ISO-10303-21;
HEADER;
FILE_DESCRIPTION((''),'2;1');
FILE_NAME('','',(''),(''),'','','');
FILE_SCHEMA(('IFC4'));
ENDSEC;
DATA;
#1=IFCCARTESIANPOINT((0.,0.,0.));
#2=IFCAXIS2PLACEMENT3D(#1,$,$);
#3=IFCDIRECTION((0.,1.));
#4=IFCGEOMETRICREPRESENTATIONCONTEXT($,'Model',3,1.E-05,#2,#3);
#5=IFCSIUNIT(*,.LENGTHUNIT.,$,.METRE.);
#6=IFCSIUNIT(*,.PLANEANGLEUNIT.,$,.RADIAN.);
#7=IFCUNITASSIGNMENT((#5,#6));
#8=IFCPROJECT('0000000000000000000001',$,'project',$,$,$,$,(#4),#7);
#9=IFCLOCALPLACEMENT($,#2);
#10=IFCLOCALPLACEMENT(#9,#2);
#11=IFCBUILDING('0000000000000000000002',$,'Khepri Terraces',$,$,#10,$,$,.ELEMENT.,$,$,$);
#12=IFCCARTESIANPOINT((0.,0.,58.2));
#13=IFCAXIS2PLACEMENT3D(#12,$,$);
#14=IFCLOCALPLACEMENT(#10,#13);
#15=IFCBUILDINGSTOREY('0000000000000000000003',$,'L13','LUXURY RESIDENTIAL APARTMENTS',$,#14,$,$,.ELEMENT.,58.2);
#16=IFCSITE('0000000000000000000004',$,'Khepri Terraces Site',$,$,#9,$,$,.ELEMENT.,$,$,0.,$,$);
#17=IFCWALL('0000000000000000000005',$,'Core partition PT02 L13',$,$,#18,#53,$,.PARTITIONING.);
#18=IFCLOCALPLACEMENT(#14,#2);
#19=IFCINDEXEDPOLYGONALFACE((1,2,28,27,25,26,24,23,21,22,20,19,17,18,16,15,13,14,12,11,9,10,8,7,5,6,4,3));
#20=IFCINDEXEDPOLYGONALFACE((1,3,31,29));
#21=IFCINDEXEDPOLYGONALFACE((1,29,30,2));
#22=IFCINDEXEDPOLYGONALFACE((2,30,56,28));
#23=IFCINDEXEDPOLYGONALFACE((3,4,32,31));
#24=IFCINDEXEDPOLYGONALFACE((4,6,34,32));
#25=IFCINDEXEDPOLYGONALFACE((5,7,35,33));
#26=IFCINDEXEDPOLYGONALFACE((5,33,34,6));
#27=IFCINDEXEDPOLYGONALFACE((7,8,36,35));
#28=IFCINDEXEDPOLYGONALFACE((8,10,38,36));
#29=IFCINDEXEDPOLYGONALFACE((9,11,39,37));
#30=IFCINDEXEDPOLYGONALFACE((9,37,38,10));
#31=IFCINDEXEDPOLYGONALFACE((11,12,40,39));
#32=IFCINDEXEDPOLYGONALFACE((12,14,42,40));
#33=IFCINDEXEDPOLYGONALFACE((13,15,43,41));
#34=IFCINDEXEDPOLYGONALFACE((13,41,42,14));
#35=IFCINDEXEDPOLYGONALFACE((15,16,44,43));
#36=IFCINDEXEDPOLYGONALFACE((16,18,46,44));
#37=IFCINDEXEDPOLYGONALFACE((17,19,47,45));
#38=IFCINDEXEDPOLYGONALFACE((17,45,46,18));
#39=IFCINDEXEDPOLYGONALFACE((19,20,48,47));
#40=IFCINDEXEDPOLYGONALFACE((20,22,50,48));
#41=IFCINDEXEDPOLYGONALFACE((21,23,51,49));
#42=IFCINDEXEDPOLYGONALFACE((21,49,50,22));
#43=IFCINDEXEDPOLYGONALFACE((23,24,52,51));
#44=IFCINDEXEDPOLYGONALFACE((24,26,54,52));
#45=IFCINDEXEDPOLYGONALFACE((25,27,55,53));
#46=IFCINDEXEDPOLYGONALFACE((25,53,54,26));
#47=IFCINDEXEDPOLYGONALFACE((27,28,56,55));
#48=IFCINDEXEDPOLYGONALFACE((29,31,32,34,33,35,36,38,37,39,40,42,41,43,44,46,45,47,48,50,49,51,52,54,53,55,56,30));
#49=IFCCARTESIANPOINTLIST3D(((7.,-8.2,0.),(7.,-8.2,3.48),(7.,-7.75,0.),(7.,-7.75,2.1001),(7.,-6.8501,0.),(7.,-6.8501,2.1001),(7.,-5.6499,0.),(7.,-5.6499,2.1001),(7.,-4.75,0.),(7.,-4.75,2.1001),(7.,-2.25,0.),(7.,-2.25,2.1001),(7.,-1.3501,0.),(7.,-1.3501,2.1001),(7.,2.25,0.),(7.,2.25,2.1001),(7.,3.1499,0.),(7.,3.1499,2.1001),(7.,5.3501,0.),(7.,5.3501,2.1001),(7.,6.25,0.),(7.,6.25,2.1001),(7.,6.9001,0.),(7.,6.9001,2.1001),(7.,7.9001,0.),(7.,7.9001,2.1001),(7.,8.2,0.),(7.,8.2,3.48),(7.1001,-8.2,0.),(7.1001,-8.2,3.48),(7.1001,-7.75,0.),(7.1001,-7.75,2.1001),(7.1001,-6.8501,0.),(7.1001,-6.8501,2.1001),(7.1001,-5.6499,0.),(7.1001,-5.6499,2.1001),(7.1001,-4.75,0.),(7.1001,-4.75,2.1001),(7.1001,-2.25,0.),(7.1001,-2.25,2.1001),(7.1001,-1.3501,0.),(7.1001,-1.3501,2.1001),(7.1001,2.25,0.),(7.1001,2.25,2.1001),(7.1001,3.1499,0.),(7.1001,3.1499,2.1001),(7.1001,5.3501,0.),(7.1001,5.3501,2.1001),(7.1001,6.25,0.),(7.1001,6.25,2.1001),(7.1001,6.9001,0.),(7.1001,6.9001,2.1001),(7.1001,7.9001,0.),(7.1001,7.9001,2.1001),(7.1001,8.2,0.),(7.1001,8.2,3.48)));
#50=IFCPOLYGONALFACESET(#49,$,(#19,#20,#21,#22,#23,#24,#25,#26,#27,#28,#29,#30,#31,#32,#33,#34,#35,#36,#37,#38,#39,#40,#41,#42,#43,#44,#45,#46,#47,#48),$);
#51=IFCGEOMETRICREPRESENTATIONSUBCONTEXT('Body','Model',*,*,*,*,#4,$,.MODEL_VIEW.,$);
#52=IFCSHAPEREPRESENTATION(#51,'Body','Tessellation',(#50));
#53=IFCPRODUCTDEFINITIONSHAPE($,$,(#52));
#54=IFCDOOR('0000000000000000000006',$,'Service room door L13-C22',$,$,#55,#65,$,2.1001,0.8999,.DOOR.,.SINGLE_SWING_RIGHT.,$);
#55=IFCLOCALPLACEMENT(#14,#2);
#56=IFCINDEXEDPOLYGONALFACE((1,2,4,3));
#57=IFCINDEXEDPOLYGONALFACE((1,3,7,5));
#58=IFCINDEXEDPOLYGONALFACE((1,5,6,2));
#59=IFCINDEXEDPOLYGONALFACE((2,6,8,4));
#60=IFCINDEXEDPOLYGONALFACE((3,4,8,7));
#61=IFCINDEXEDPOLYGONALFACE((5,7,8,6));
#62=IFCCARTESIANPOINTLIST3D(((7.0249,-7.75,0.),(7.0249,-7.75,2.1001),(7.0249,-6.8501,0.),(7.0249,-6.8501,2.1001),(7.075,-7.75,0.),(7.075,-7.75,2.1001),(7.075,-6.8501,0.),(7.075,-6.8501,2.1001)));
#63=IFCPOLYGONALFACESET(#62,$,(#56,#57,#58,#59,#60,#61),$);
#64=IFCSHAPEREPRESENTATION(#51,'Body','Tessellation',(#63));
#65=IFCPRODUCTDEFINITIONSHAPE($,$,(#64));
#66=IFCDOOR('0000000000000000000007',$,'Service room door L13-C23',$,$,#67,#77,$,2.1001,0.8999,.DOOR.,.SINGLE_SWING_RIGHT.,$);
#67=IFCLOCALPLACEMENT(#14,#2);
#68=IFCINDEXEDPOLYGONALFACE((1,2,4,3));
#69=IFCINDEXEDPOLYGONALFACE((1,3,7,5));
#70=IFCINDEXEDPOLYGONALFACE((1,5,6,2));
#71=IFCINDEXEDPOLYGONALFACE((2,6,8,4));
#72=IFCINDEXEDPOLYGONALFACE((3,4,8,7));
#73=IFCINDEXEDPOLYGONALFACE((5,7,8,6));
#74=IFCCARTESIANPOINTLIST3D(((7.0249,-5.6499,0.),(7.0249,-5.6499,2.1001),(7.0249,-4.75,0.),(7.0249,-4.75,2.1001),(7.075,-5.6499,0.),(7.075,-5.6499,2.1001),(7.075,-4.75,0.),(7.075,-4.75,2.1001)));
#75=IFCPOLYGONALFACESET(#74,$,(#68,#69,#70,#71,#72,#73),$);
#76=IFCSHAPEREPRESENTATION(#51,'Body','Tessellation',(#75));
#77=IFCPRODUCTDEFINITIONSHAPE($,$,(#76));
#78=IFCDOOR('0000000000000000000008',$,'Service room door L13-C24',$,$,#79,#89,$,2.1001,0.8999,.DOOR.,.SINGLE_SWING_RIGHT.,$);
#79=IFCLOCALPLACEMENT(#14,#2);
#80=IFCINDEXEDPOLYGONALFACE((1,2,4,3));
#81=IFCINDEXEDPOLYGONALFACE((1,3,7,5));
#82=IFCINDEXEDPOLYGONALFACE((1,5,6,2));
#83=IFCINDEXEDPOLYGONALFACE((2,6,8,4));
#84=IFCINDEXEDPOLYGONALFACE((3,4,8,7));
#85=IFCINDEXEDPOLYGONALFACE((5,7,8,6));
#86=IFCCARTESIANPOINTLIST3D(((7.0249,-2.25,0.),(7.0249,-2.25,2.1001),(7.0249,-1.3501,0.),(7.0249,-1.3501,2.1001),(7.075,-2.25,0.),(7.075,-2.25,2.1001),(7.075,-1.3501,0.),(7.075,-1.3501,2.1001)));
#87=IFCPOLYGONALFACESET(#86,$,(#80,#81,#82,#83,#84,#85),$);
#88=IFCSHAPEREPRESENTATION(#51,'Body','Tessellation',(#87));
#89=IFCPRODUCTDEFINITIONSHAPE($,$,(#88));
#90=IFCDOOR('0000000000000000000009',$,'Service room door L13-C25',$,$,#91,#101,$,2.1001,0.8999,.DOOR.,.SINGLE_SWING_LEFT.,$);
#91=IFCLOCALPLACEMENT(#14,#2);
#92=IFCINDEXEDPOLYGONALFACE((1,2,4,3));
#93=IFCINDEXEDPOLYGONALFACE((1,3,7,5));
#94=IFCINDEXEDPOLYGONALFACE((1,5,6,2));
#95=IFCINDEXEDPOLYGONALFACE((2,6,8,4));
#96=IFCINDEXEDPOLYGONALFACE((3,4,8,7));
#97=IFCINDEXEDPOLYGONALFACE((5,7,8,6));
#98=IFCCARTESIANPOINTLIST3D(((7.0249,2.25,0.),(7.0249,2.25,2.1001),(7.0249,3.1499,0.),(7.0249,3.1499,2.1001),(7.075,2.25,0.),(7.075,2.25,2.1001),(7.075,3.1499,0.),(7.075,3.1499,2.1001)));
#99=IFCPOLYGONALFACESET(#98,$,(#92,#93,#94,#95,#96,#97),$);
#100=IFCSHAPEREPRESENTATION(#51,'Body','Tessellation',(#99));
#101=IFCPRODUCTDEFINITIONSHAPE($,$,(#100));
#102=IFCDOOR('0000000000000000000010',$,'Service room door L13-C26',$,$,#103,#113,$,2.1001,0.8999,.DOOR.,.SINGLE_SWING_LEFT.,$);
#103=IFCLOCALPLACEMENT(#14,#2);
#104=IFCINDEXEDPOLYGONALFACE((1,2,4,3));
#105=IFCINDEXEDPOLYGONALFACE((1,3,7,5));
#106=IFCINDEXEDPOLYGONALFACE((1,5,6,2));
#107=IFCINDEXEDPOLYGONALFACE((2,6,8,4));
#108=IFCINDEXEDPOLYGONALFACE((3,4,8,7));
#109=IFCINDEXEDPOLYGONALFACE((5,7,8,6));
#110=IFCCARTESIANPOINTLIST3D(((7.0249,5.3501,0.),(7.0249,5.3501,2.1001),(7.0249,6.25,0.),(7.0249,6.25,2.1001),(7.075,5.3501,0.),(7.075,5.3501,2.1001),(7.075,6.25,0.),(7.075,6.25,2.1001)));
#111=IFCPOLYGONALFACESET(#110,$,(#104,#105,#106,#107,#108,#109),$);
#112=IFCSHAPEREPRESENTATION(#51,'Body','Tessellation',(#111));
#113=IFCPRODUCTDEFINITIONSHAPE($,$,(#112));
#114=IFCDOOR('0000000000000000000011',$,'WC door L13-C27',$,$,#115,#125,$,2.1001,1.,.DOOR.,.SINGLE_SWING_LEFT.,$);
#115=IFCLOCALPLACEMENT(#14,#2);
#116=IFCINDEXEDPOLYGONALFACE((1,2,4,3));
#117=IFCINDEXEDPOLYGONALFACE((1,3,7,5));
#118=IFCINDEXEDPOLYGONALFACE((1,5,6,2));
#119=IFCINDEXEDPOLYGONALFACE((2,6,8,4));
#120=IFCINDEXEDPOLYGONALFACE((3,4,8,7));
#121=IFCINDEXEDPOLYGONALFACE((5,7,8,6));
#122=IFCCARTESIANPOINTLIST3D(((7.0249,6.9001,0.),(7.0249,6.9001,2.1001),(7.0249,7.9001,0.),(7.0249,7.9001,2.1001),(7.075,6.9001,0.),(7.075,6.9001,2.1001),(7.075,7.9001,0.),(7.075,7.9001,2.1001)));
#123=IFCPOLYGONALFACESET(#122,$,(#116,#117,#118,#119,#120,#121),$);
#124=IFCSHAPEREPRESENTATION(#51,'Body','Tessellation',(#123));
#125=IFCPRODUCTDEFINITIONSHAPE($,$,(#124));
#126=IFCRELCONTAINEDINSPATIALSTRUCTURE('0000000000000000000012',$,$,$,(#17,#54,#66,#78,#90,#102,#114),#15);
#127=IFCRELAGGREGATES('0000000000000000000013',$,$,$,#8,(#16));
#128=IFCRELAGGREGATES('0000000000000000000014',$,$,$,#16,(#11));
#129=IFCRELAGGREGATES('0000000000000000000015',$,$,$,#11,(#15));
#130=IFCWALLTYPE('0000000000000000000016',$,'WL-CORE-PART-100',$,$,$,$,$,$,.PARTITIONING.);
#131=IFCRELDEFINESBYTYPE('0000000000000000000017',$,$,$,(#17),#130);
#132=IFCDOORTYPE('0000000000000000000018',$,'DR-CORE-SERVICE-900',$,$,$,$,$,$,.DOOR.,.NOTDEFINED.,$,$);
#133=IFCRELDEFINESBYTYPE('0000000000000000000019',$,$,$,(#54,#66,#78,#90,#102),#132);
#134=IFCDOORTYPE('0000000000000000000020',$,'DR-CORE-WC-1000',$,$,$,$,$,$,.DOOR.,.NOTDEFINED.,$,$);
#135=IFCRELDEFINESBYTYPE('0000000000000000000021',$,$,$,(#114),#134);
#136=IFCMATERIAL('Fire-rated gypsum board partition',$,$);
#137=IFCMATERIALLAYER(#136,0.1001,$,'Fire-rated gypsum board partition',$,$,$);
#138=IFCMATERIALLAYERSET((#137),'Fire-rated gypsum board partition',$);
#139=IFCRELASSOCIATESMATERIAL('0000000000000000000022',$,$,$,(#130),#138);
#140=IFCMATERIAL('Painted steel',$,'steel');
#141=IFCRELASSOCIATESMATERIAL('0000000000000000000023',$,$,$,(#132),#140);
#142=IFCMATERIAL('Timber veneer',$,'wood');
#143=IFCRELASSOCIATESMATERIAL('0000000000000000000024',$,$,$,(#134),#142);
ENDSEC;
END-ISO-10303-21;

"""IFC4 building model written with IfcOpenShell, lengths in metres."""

from ifc_helpers import new_model, si_unit, direction, frame, frame_2d, origin, place, context, subcontext, project, spatial, rectangle, extrude, material, layer, layer_set, type_object, element, fill, save


model = new_model("IFC4")

# Units and contexts
model_context = context("Model", 3, precision=1e-05, world=origin(), true_north=direction((0.0, 1.0)))
body_context = subcontext(model_context, "Body", "Model", "MODEL_VIEW")
ifc_project = project(units=[si_unit("LENGTHUNIT", "METRE"), si_unit("PLANEANGLEUNIT", "RADIAN")], contexts=[model_context])

# Site, building, storey
site_placement = place(None, origin())
site = spatial("IfcSite", under=ifc_project, at=site_placement, Name="Khepri Terraces Site", CompositionType="ELEMENT", RefElevation=0.0)
building_placement = place(site_placement, origin())
building = spatial("IfcBuilding", under=site, at=building_placement, Name="Khepri Terraces", CompositionType="ELEMENT")
storey_placement = place(building_placement, frame((0.0, 0.0, 58.2)))
storey = spatial("IfcBuildingStorey", under=building, at=storey_placement, Name="L13", Description="LUXURY RESIDENTIAL APARTMENTS", CompositionType="ELEMENT", Elevation=58.2)

# Wall, openings, doors
ifc_material_1 = material(Name="Fire-rated gypsum board partition")
ifc_layer_1 = layer(ifc_material_1, 0.1001, Name="Fire-rated gypsum board partition")
ifc_layer_set_1 = layer_set([ifc_layer_1], Name="Fire-rated gypsum board partition")
wall_type_1 = type_object("IfcWallType", Name="WL-CORE-PART-100", PredefinedType="PARTITIONING", material=ifc_layer_set_1)
wall_1_placement = place(storey_placement, frame((7.05, -8.2, 0.0), z_axis=(0.0, 0.0, 1.0), x_axis=(0.0, 1.0, 0.0)))
wall_1 = element("IfcWall", 1, at=wall_1_placement, inside=storey, type_object=wall_type_1, Name="Core partition PT02 L13", PredefinedType="PARTITIONING", context=body_context, shape_type="SweptSolid", body=[
    extrude(rectangle(XDim=16.3999, YDim=0.1001, at=frame_2d((8.2, 0.0))), origin(), (0.0, 0.0, 1.0), 3.48),
])
opening_1_placement = place(wall_1_placement, frame((0.45, 0.0, 0.0)))
opening_1 = element("IfcOpeningElement", 2, at=opening_1_placement, cuts=wall_1, PredefinedType="OPENING", context=body_context, shape_type="SweptSolid", body=[
    extrude(rectangle(XDim=0.8999, YDim=2.1001, at=frame_2d((0.45, 1.05))), frame((0.0, 0.0601, 0.0), z_axis=(0.0, -1.0, 0.0), x_axis=(1.0, 0.0, 0.0)), (0.0, 0.0, 1.0), 0.1201),
])
opening_2_placement = place(wall_1_placement, frame((2.55, 0.0, 0.0)))
opening_2 = element("IfcOpeningElement", 3, at=opening_2_placement, cuts=wall_1, PredefinedType="OPENING", context=body_context, shape_type="SweptSolid", body=[
    extrude(rectangle(XDim=0.8999, YDim=2.1001, at=frame_2d((0.45, 1.05))), frame((0.0, 0.0601, 0.0), z_axis=(0.0, -1.0, 0.0), x_axis=(1.0, 0.0, 0.0)), (0.0, 0.0, 1.0), 0.1201),
])
opening_3_placement = place(wall_1_placement, frame((5.95, 0.0, 0.0)))
opening_3 = element("IfcOpeningElement", 4, at=opening_3_placement, cuts=wall_1, PredefinedType="OPENING", context=body_context, shape_type="SweptSolid", body=[
    extrude(rectangle(XDim=0.8999, YDim=2.1001, at=frame_2d((0.45, 1.05))), frame((0.0, 0.0601, 0.0), z_axis=(0.0, -1.0, 0.0), x_axis=(1.0, 0.0, 0.0)), (0.0, 0.0, 1.0), 0.1201),
])
opening_4_placement = place(wall_1_placement, frame((10.45, 0.0, 0.0)))
opening_4 = element("IfcOpeningElement", 5, at=opening_4_placement, cuts=wall_1, PredefinedType="OPENING", context=body_context, shape_type="SweptSolid", body=[
    extrude(rectangle(XDim=0.8999, YDim=2.1001, at=frame_2d((0.45, 1.05))), frame((0.0, 0.0601, 0.0), z_axis=(0.0, -1.0, 0.0), x_axis=(1.0, 0.0, 0.0)), (0.0, 0.0, 1.0), 0.1201),
])
opening_5_placement = place(wall_1_placement, frame((13.55, 0.0, 0.0)))
opening_5 = element("IfcOpeningElement", 6, at=opening_5_placement, cuts=wall_1, PredefinedType="OPENING", context=body_context, shape_type="SweptSolid", body=[
    extrude(rectangle(XDim=0.8999, YDim=2.1001, at=frame_2d((0.45, 1.05))), frame((0.0, 0.0601, 0.0), z_axis=(0.0, -1.0, 0.0), x_axis=(1.0, 0.0, 0.0)), (0.0, 0.0, 1.0), 0.1201),
])
opening_6_placement = place(wall_1_placement, frame((15.1001, 0.0, 0.0)))
opening_6 = element("IfcOpeningElement", 7, at=opening_6_placement, cuts=wall_1, PredefinedType="OPENING", context=body_context, shape_type="SweptSolid", body=[
    extrude(rectangle(XDim=1.0, YDim=2.1001, at=frame_2d((0.5, 1.05))), frame((0.0, 0.0601, 0.0), z_axis=(0.0, -1.0, 0.0), x_axis=(1.0, 0.0, 0.0)), (0.0, 0.0, 1.0), 0.1201),
])
ifc_material_2 = material(Name="Painted steel", Category="steel")
door_type_1 = type_object("IfcDoorType", Name="DR-CORE-SERVICE-900", OperationType="NOTDEFINED", PredefinedType="DOOR", material=ifc_material_2)
door_1_placement = place(opening_1_placement, frame((0.8999, 0.0, 0.0), z_axis=(0.0, 0.0, 1.0), x_axis=(-1.0, 0.0, 0.0)))
door_1 = element("IfcDoor", 8, at=door_1_placement, inside=storey, type_object=door_type_1, Name="Service room door L13-C22", OperationType="SINGLE_SWING_RIGHT", OverallHeight=2.1001, OverallWidth=0.8999, PredefinedType="DOOR", context=body_context, shape_type="SweptSolid", body=[
    extrude(rectangle(XDim=0.8999, YDim=2.1001, at=frame_2d((0.45, 1.05))), frame((0.0, 0.0249, 0.0), z_axis=(0.0, -1.0, 0.0), x_axis=(1.0, 0.0, 0.0)), (0.0, 0.0, 1.0), 0.05),
])
fill(opening_1, door_1)
door_2_placement = place(opening_2_placement, frame((0.8999, 0.0, 0.0), z_axis=(0.0, 0.0, 1.0), x_axis=(-1.0, 0.0, 0.0)))
door_2 = element("IfcDoor", 9, at=door_2_placement, inside=storey, type_object=door_type_1, Name="Service room door L13-C23", OperationType="SINGLE_SWING_RIGHT", OverallHeight=2.1001, OverallWidth=0.8999, PredefinedType="DOOR", context=body_context, shape_type="SweptSolid", body=[
    extrude(rectangle(XDim=0.8999, YDim=2.1001, at=frame_2d((0.45, 1.05))), frame((0.0, 0.0249, 0.0), z_axis=(0.0, -1.0, 0.0), x_axis=(1.0, 0.0, 0.0)), (0.0, 0.0, 1.0), 0.05),
])
fill(opening_2, door_2)
door_3_placement = place(opening_3_placement, frame((0.8999, 0.0, 0.0), z_axis=(0.0, 0.0, 1.0), x_axis=(-1.0, 0.0, 0.0)))
door_3 = element("IfcDoor", 10, at=door_3_placement, inside=storey, type_object=door_type_1, Name="Service room door L13-C24", OperationType="SINGLE_SWING_RIGHT", OverallHeight=2.1001, OverallWidth=0.8999, PredefinedType="DOOR", context=body_context, shape_type="SweptSolid", body=[
    extrude(rectangle(XDim=0.8999, YDim=2.1001, at=frame_2d((0.45, 1.05))), frame((0.0, 0.0249, 0.0), z_axis=(0.0, -1.0, 0.0), x_axis=(1.0, 0.0, 0.0)), (0.0, 0.0, 1.0), 0.05),
])
fill(opening_3, door_3)
door_4_placement = place(opening_4_placement, frame((0.8999, 0.0, 0.0), z_axis=(0.0, 0.0, 1.0), x_axis=(-1.0, 0.0, 0.0)))
door_4 = element("IfcDoor", 11, at=door_4_placement, inside=storey, type_object=door_type_1, Name="Service room door L13-C25", OperationType="SINGLE_SWING_LEFT", OverallHeight=2.1001, OverallWidth=0.8999, PredefinedType="DOOR", context=body_context, shape_type="SweptSolid", body=[
    extrude(rectangle(XDim=0.8999, YDim=2.1001, at=frame_2d((0.45, 1.05))), frame((0.0, 0.0249, 0.0), z_axis=(0.0, -1.0, 0.0), x_axis=(1.0, 0.0, 0.0)), (0.0, 0.0, 1.0), 0.05),
])
fill(opening_4, door_4)
door_5_placement = place(opening_5_placement, frame((0.8999, 0.0, 0.0), z_axis=(0.0, 0.0, 1.0), x_axis=(-1.0, 0.0, 0.0)))
door_5 = element("IfcDoor", 12, at=door_5_placement, inside=storey, type_object=door_type_1, Name="Service room door L13-C26", OperationType="SINGLE_SWING_LEFT", OverallHeight=2.1001, OverallWidth=0.8999, PredefinedType="DOOR", context=body_context, shape_type="SweptSolid", body=[
    extrude(rectangle(XDim=0.8999, YDim=2.1001, at=frame_2d((0.45, 1.05))), frame((0.0, 0.0249, 0.0), z_axis=(0.0, -1.0, 0.0), x_axis=(1.0, 0.0, 0.0)), (0.0, 0.0, 1.0), 0.05),
])
fill(opening_5, door_5)
ifc_material_3 = material(Name="Timber veneer", Category="wood")
door_type_2 = type_object("IfcDoorType", Name="DR-CORE-WC-1000", OperationType="NOTDEFINED", PredefinedType="DOOR", material=ifc_material_3)
door_6_placement = place(opening_6_placement, frame((1.0, 0.0, 0.0), z_axis=(0.0, 0.0, 1.0), x_axis=(-1.0, 0.0, 0.0)))
door_6 = element("IfcDoor", 13, at=door_6_placement, inside=storey, type_object=door_type_2, Name="WC door L13-C27", OperationType="SINGLE_SWING_LEFT", OverallHeight=2.1001, OverallWidth=1.0, PredefinedType="DOOR", context=body_context, shape_type="SweptSolid", body=[
    extrude(rectangle(XDim=1.0, YDim=2.1001, at=frame_2d((0.5, 1.05))), frame((0.0, 0.0249, 0.0), z_axis=(0.0, -1.0, 0.0), x_axis=(1.0, 0.0, 0.0)), (0.0, 0.0, 1.0), 0.05),
])
fill(opening_6, door_6)

save(model, "model.ifc")
